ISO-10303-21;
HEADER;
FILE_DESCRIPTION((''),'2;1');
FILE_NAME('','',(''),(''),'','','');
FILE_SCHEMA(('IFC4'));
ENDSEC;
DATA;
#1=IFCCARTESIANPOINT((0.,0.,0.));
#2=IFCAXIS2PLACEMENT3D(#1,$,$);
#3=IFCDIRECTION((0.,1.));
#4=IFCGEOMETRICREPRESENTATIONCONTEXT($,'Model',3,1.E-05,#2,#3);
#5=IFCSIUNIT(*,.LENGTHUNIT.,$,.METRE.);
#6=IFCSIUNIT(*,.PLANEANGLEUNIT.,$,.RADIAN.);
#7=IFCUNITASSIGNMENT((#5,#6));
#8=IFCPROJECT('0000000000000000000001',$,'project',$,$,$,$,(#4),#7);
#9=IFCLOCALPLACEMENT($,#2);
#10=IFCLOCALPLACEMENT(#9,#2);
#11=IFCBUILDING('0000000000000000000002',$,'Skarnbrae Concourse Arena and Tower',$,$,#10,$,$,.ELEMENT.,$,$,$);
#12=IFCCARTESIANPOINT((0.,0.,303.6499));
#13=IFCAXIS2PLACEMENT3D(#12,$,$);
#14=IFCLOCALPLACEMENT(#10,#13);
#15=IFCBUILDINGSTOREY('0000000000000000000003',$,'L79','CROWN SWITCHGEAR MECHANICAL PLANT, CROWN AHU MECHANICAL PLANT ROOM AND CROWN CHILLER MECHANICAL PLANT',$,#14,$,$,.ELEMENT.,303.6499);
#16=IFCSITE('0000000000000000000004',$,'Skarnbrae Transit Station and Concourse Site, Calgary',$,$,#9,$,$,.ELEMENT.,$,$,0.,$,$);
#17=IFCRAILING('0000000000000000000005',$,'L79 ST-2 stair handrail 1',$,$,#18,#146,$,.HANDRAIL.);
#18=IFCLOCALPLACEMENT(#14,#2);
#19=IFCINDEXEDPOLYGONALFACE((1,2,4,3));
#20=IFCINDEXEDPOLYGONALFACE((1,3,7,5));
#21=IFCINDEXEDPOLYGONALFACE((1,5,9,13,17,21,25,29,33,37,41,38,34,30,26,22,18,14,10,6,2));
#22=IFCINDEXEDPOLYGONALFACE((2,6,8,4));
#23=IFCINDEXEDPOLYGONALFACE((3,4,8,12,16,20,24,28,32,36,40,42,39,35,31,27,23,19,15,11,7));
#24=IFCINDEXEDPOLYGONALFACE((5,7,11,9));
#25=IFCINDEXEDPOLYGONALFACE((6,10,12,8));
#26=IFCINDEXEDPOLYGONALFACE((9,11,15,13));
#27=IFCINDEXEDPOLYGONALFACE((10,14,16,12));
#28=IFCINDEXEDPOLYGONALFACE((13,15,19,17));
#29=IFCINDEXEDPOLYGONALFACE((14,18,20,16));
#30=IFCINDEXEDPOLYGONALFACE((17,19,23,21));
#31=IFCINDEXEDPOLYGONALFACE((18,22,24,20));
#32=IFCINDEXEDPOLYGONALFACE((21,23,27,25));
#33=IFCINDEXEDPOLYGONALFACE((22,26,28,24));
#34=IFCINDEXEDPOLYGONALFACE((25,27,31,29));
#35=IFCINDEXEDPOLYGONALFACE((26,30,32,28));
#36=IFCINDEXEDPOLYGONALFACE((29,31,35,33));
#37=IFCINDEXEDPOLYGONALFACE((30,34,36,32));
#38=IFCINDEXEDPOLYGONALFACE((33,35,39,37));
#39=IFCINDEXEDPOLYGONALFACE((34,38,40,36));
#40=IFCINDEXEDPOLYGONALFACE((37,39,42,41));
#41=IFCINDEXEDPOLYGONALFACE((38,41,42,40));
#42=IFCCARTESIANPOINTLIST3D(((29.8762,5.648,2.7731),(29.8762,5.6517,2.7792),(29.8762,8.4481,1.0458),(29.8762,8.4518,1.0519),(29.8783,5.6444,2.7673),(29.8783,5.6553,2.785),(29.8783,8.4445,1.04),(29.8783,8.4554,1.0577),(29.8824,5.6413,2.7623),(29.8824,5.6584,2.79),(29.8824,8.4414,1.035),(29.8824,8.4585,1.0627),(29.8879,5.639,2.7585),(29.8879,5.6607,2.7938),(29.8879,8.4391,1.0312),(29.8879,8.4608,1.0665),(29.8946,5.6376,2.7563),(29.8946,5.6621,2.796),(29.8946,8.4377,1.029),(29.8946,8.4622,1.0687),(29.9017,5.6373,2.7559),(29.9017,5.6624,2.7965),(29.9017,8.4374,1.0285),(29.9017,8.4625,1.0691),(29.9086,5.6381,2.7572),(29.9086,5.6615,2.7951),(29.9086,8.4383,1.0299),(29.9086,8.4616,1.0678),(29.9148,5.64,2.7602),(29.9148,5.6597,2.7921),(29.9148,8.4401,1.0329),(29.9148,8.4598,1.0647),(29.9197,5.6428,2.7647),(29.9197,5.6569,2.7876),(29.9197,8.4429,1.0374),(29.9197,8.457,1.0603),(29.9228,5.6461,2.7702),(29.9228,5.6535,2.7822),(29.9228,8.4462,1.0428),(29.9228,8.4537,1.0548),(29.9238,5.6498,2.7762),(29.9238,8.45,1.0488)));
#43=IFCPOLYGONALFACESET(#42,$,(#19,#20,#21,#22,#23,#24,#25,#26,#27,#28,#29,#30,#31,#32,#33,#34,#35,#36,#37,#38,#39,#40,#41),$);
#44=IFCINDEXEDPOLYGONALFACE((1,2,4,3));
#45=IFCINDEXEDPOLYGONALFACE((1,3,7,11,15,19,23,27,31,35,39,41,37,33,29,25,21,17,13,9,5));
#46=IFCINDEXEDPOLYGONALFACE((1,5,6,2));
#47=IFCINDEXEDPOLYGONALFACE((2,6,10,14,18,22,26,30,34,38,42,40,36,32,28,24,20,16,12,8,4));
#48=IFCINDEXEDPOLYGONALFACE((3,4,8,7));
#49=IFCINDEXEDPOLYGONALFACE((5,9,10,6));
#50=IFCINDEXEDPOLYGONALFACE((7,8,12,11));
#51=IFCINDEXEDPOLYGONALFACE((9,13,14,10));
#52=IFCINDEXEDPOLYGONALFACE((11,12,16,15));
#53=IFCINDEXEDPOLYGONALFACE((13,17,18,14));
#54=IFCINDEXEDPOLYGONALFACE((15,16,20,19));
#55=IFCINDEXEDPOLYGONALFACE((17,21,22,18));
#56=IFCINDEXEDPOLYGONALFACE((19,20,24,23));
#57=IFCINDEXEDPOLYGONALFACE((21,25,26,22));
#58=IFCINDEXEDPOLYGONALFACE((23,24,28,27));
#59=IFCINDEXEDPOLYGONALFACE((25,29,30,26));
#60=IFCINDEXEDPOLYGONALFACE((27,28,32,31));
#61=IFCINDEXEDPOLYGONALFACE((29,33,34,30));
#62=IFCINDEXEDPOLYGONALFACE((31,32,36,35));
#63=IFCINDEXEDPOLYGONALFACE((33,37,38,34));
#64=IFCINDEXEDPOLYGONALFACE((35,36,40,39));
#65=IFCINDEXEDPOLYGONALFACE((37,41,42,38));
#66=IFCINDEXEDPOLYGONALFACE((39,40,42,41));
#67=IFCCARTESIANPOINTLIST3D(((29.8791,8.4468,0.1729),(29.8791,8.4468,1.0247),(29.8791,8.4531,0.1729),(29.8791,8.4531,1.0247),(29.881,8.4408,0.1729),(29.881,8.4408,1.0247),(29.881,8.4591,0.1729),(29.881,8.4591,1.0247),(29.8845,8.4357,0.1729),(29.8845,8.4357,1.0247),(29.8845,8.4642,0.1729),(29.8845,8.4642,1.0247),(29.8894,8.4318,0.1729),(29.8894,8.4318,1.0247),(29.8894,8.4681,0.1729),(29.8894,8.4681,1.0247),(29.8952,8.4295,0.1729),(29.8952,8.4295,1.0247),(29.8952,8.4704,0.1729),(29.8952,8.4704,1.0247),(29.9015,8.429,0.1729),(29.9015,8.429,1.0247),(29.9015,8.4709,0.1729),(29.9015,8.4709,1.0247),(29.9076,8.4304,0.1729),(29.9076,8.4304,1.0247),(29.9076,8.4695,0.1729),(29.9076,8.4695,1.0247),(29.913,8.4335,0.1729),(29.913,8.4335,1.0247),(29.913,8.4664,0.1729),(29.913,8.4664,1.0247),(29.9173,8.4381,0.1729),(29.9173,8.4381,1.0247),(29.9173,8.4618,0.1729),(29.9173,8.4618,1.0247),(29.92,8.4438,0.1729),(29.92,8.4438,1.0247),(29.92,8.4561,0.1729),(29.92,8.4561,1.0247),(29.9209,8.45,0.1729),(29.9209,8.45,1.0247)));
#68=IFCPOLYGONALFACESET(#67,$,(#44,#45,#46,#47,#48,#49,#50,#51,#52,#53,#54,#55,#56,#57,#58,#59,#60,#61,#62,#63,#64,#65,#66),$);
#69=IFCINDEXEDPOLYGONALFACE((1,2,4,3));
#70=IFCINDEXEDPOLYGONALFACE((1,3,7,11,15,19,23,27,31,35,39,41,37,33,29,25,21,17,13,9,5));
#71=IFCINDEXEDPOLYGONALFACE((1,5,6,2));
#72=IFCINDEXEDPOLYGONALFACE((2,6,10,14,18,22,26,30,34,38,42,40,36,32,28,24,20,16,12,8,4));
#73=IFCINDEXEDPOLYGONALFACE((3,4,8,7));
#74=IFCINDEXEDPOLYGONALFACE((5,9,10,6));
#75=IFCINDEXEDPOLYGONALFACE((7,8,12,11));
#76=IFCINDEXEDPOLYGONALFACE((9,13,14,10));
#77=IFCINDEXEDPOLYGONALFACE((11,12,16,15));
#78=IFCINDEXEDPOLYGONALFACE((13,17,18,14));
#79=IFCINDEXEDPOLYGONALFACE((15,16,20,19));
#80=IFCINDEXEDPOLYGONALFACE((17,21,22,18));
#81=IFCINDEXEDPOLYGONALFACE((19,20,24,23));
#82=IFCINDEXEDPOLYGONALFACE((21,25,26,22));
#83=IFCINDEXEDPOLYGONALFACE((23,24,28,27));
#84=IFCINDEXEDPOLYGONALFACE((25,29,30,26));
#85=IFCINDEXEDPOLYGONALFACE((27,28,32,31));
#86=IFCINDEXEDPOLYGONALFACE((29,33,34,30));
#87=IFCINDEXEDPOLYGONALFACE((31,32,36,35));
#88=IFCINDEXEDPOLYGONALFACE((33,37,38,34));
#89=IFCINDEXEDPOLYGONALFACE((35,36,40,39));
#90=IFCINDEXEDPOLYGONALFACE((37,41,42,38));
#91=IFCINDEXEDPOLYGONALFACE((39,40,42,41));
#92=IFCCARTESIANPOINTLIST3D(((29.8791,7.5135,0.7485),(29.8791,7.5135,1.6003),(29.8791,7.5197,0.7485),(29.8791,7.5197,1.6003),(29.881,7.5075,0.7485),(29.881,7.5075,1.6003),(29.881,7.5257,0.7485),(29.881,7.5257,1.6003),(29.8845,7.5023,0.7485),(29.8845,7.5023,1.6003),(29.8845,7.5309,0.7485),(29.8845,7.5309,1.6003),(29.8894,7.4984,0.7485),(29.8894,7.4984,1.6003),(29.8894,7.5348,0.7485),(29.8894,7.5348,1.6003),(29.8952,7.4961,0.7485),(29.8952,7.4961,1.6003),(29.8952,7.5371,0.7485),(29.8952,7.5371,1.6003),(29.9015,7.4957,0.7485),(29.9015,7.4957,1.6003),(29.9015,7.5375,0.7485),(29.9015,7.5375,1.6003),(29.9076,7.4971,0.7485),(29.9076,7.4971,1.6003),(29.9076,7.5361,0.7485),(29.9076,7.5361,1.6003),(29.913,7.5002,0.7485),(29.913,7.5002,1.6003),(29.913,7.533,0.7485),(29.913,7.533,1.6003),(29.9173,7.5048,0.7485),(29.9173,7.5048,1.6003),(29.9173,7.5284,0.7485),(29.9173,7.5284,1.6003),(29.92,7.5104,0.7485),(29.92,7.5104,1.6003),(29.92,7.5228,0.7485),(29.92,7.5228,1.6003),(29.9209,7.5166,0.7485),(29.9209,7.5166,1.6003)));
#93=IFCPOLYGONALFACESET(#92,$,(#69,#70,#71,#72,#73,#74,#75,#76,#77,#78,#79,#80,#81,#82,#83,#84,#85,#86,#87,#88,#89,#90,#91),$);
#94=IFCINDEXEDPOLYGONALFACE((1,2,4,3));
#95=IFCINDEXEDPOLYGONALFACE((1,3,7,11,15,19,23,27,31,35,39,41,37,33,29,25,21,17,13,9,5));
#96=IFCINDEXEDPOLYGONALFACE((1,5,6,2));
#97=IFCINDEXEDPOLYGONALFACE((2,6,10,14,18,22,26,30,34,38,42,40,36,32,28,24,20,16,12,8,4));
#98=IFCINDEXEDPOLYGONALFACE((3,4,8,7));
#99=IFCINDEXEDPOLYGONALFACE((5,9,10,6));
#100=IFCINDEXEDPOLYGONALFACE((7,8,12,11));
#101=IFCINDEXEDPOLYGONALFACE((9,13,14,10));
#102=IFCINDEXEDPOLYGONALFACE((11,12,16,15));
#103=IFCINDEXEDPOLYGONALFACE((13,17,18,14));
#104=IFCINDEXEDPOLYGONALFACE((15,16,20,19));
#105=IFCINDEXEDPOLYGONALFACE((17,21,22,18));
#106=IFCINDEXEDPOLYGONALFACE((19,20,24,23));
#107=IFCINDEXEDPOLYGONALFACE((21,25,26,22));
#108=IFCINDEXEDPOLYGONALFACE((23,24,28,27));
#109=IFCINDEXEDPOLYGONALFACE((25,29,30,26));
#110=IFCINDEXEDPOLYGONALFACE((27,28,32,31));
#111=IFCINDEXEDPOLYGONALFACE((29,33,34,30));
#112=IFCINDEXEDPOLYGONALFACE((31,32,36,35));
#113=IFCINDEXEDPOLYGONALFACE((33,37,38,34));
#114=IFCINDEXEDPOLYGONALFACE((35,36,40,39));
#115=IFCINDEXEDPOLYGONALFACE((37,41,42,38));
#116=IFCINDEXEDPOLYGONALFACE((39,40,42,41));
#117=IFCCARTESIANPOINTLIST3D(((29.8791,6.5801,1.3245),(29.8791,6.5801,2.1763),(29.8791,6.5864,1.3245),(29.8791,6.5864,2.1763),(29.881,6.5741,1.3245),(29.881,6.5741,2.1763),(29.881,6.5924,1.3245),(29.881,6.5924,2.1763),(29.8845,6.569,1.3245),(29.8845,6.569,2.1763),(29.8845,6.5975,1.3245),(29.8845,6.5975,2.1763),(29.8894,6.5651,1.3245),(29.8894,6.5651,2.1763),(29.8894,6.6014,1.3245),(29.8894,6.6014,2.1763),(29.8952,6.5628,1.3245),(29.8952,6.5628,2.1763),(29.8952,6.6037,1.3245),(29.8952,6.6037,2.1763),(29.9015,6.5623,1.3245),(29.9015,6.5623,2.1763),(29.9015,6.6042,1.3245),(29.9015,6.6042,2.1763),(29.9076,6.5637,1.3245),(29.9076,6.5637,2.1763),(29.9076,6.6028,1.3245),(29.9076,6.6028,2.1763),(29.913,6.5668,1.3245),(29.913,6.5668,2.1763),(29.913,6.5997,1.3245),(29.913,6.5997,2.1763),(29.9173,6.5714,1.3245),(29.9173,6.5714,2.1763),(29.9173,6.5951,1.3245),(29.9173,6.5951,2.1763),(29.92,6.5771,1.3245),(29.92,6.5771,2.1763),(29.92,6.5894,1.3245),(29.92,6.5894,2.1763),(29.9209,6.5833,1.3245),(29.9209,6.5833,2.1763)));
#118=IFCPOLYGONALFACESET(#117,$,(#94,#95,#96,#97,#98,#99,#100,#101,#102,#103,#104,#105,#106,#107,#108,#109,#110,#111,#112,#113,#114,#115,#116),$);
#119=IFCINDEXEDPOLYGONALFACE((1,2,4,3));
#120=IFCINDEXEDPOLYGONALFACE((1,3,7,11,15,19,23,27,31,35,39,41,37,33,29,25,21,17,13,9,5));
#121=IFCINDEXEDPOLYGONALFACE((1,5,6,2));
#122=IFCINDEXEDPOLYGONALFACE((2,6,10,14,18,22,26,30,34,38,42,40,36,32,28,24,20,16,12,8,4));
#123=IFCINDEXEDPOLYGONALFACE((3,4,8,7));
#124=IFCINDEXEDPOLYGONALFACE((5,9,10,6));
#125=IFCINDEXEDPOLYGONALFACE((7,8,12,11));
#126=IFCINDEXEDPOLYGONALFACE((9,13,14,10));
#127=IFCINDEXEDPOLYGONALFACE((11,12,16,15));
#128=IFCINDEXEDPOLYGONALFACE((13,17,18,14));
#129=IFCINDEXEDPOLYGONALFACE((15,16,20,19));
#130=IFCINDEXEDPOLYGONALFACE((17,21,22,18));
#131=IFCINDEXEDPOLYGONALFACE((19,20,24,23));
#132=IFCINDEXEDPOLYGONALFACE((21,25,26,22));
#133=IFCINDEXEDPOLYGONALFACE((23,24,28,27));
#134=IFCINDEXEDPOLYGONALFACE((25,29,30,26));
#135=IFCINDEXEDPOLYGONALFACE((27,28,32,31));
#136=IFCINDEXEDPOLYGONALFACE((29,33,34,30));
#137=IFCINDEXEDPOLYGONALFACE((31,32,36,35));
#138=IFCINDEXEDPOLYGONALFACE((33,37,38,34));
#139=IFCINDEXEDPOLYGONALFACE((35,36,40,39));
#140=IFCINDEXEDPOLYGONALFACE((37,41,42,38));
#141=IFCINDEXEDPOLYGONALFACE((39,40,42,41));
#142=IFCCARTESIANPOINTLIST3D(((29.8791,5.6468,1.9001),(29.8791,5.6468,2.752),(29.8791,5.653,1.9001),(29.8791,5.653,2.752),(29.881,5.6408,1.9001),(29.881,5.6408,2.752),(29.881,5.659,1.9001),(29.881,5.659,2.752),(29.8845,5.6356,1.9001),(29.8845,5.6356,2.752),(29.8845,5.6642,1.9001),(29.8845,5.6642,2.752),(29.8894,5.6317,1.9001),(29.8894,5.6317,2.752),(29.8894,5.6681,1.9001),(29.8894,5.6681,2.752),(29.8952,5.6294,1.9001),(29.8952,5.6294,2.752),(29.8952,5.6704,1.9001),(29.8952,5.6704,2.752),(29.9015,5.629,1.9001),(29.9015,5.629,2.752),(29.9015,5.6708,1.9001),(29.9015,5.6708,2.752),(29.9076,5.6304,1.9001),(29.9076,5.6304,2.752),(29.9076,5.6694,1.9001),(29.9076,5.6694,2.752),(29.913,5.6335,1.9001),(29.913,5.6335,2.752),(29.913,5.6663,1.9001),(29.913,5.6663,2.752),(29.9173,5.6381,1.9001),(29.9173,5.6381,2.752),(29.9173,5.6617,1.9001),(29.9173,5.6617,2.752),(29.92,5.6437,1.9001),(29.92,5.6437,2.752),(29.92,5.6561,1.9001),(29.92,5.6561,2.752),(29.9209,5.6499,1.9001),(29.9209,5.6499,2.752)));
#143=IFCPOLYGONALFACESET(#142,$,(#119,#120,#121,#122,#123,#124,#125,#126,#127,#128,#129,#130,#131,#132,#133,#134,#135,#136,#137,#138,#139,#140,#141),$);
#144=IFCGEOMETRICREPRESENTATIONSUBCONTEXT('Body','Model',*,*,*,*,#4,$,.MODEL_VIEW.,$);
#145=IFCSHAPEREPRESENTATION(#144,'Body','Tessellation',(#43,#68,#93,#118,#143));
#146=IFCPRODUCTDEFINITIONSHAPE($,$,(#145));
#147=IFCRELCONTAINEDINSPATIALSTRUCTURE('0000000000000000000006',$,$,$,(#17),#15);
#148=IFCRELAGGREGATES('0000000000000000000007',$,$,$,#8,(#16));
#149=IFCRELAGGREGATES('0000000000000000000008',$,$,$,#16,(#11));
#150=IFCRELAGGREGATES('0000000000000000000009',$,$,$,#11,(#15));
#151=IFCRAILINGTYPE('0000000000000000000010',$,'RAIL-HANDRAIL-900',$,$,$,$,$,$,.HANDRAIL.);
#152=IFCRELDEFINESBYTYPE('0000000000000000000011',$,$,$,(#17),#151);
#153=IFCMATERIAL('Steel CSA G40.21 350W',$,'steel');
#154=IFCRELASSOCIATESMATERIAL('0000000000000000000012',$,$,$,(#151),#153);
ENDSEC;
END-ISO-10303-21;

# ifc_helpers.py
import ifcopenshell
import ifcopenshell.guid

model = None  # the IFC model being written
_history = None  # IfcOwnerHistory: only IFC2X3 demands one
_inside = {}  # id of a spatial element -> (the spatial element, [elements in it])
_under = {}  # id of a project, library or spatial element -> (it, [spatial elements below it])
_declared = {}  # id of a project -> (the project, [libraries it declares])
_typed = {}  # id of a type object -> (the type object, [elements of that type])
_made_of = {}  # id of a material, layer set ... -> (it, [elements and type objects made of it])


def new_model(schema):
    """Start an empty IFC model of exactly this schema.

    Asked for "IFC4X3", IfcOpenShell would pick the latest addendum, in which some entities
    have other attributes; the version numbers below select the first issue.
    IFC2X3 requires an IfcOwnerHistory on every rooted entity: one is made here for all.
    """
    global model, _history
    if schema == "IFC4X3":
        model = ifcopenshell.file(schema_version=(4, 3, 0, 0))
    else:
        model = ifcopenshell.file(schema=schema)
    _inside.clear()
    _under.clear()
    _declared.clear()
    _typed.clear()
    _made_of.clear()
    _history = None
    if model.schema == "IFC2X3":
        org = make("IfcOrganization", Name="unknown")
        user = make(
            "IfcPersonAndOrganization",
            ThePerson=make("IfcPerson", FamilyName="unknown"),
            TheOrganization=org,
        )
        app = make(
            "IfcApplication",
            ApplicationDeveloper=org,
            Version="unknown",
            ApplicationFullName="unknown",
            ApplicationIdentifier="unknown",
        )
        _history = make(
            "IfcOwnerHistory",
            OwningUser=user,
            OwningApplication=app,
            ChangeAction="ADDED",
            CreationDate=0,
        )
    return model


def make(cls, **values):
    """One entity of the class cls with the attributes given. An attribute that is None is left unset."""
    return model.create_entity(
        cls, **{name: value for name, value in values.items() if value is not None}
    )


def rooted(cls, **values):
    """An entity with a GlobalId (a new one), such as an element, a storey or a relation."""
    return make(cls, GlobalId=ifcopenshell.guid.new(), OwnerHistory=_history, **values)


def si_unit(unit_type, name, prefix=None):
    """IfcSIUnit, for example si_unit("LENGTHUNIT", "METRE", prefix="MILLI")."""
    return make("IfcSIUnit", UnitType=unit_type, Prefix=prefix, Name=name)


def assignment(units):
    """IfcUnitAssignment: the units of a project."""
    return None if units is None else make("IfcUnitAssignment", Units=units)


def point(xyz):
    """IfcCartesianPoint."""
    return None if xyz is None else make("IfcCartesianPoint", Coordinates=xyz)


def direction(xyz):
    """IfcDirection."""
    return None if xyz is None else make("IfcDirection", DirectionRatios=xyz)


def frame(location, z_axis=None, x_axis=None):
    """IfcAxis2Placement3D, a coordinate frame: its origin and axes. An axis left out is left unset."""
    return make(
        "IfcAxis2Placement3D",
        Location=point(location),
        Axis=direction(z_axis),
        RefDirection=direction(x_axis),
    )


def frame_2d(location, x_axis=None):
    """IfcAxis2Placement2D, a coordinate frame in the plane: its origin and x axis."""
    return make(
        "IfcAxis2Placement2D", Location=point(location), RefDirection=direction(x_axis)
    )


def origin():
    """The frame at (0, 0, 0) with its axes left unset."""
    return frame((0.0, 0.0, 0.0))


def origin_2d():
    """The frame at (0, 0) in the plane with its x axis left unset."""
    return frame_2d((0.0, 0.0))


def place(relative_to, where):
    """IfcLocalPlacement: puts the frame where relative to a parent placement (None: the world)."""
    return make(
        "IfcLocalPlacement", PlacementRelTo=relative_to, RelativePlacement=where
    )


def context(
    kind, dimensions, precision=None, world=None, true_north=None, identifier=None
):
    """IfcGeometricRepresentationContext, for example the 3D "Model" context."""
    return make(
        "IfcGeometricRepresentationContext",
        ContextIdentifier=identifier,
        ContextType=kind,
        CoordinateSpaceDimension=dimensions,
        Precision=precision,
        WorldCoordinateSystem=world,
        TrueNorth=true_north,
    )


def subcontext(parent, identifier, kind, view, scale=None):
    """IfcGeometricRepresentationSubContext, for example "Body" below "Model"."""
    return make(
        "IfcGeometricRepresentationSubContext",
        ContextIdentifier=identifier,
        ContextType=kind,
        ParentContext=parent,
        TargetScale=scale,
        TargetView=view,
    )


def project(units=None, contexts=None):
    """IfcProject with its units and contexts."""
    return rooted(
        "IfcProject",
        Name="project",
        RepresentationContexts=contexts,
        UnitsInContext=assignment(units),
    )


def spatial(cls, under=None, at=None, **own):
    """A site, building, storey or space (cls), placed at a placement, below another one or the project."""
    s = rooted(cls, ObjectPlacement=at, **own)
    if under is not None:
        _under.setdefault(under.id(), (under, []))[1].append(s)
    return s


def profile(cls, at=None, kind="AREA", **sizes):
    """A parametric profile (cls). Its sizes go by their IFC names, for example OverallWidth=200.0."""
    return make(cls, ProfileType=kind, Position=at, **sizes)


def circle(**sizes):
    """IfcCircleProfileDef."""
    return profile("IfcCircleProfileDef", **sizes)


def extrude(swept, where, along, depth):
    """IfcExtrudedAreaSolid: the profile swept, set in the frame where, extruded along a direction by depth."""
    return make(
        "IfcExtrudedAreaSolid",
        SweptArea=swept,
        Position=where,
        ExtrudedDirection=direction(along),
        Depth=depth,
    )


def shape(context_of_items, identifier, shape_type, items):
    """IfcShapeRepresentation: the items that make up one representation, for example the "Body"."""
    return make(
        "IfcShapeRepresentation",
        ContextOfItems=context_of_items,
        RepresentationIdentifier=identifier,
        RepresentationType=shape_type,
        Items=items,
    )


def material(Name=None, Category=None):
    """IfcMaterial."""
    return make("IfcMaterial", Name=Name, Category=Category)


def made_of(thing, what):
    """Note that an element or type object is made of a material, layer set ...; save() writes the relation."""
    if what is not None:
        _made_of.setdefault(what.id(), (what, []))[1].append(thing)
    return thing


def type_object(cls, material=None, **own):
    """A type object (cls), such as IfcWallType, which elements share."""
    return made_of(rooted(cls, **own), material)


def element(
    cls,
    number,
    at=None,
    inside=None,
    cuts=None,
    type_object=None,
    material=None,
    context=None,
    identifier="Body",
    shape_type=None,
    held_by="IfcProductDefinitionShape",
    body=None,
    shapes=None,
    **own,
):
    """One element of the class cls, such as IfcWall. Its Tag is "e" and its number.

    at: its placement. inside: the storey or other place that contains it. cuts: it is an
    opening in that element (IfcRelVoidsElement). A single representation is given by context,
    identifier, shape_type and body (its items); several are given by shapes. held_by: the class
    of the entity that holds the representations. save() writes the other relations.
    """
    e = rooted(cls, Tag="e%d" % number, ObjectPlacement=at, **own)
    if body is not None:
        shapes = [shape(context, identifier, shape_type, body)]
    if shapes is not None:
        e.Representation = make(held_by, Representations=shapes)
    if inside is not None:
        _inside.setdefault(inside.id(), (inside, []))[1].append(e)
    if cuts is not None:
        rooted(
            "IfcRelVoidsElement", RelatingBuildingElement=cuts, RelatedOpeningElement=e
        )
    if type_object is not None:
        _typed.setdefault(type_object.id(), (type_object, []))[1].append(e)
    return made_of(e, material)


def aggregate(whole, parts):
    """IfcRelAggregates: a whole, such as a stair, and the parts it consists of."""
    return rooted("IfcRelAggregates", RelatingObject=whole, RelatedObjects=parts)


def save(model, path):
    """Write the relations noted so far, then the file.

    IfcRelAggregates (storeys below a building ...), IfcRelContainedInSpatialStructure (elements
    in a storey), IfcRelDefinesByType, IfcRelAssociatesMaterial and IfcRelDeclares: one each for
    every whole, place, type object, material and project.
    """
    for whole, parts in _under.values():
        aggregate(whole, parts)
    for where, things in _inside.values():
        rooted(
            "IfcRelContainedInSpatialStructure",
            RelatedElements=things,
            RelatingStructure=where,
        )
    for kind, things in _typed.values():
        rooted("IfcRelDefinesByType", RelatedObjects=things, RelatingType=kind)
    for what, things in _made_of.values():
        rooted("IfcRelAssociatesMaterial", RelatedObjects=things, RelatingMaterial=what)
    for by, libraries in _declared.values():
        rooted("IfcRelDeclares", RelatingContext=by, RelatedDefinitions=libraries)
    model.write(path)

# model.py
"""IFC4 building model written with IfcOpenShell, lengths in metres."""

from ifc_helpers import new_model, si_unit, direction, frame, origin, origin_2d, place, context, subcontext, project, spatial, circle, extrude, material, type_object, element, save


model = new_model("IFC4")

# Units and contexts
model_context = context("Model", 3, precision=1e-05, world=origin(), true_north=direction((0.0, 1.0)))
body_context = subcontext(model_context, "Body", "Model", "MODEL_VIEW")
ifc_project = project(units=[si_unit("LENGTHUNIT", "METRE"), si_unit("PLANEANGLEUNIT", "RADIAN")], contexts=[model_context])

# Site, building, storey
site_placement = place(None, origin())
site = spatial("IfcSite", under=ifc_project, at=site_placement, Name="Skarnbrae Transit Station and Concourse Site, Calgary", CompositionType="ELEMENT", RefElevation=0.0)
building_placement = place(site_placement, origin())
building = spatial("IfcBuilding", under=site, at=building_placement, Name="Skarnbrae Concourse Arena and Tower", CompositionType="ELEMENT")
storey_placement = place(building_placement, frame((0.0, 0.0, 303.6499)))
storey = spatial("IfcBuildingStorey", under=building, at=storey_placement, Name="L79", Description="CROWN SWITCHGEAR MECHANICAL PLANT, CROWN AHU MECHANICAL PLANT ROOM AND CROWN CHILLER MECHANICAL PLANT", CompositionType="ELEMENT", Elevation=303.6499)

# Shared definitions
ifc_material_1 = material(Name="Steel CSA G40.21 350W", Category="steel")

# Railing
railing_type_1 = type_object("IfcRailingType", Name="RAIL-HANDRAIL-900", PredefinedType="HANDRAIL", material=ifc_material_1)
railing_1_placement = place(storey_placement, frame((29.8999, 8.45, 0.1729)))
element("IfcRailing", 1, at=railing_1_placement, inside=storey, type_object=railing_type_1, Name="L79 ST-2 stair handrail 1", PredefinedType="HANDRAIL", context=body_context, shape_type="SweptSolid", body=[
    extrude(circle(Radius=0.0239, at=origin_2d()), frame((0.0, 0.0, 0.876), z_axis=(0.0, -0.85109, 0.52502), x_axis=(1.0, 0.0, 0.0)), (0.0, 0.0, 1.0), 3.29),
    extrude(circle(Radius=0.021, at=origin_2d()), origin(), (0.0, 0.0, 1.0), 0.8518),
    extrude(circle(Radius=0.021, at=origin_2d()), frame((0.0, -0.9333, 0.5757)), (0.0, 0.0, 1.0), 0.8518),
    extrude(circle(Radius=0.021, at=origin_2d()), frame((0.0, -1.8667, 1.1516)), (0.0, 0.0, 1.0), 0.8518),
    extrude(circle(Radius=0.021, at=origin_2d()), frame((0.0, -2.8, 1.7273)), (0.0, 0.0, 1.0), 0.8518),
])

save(model, "model.ifc")
